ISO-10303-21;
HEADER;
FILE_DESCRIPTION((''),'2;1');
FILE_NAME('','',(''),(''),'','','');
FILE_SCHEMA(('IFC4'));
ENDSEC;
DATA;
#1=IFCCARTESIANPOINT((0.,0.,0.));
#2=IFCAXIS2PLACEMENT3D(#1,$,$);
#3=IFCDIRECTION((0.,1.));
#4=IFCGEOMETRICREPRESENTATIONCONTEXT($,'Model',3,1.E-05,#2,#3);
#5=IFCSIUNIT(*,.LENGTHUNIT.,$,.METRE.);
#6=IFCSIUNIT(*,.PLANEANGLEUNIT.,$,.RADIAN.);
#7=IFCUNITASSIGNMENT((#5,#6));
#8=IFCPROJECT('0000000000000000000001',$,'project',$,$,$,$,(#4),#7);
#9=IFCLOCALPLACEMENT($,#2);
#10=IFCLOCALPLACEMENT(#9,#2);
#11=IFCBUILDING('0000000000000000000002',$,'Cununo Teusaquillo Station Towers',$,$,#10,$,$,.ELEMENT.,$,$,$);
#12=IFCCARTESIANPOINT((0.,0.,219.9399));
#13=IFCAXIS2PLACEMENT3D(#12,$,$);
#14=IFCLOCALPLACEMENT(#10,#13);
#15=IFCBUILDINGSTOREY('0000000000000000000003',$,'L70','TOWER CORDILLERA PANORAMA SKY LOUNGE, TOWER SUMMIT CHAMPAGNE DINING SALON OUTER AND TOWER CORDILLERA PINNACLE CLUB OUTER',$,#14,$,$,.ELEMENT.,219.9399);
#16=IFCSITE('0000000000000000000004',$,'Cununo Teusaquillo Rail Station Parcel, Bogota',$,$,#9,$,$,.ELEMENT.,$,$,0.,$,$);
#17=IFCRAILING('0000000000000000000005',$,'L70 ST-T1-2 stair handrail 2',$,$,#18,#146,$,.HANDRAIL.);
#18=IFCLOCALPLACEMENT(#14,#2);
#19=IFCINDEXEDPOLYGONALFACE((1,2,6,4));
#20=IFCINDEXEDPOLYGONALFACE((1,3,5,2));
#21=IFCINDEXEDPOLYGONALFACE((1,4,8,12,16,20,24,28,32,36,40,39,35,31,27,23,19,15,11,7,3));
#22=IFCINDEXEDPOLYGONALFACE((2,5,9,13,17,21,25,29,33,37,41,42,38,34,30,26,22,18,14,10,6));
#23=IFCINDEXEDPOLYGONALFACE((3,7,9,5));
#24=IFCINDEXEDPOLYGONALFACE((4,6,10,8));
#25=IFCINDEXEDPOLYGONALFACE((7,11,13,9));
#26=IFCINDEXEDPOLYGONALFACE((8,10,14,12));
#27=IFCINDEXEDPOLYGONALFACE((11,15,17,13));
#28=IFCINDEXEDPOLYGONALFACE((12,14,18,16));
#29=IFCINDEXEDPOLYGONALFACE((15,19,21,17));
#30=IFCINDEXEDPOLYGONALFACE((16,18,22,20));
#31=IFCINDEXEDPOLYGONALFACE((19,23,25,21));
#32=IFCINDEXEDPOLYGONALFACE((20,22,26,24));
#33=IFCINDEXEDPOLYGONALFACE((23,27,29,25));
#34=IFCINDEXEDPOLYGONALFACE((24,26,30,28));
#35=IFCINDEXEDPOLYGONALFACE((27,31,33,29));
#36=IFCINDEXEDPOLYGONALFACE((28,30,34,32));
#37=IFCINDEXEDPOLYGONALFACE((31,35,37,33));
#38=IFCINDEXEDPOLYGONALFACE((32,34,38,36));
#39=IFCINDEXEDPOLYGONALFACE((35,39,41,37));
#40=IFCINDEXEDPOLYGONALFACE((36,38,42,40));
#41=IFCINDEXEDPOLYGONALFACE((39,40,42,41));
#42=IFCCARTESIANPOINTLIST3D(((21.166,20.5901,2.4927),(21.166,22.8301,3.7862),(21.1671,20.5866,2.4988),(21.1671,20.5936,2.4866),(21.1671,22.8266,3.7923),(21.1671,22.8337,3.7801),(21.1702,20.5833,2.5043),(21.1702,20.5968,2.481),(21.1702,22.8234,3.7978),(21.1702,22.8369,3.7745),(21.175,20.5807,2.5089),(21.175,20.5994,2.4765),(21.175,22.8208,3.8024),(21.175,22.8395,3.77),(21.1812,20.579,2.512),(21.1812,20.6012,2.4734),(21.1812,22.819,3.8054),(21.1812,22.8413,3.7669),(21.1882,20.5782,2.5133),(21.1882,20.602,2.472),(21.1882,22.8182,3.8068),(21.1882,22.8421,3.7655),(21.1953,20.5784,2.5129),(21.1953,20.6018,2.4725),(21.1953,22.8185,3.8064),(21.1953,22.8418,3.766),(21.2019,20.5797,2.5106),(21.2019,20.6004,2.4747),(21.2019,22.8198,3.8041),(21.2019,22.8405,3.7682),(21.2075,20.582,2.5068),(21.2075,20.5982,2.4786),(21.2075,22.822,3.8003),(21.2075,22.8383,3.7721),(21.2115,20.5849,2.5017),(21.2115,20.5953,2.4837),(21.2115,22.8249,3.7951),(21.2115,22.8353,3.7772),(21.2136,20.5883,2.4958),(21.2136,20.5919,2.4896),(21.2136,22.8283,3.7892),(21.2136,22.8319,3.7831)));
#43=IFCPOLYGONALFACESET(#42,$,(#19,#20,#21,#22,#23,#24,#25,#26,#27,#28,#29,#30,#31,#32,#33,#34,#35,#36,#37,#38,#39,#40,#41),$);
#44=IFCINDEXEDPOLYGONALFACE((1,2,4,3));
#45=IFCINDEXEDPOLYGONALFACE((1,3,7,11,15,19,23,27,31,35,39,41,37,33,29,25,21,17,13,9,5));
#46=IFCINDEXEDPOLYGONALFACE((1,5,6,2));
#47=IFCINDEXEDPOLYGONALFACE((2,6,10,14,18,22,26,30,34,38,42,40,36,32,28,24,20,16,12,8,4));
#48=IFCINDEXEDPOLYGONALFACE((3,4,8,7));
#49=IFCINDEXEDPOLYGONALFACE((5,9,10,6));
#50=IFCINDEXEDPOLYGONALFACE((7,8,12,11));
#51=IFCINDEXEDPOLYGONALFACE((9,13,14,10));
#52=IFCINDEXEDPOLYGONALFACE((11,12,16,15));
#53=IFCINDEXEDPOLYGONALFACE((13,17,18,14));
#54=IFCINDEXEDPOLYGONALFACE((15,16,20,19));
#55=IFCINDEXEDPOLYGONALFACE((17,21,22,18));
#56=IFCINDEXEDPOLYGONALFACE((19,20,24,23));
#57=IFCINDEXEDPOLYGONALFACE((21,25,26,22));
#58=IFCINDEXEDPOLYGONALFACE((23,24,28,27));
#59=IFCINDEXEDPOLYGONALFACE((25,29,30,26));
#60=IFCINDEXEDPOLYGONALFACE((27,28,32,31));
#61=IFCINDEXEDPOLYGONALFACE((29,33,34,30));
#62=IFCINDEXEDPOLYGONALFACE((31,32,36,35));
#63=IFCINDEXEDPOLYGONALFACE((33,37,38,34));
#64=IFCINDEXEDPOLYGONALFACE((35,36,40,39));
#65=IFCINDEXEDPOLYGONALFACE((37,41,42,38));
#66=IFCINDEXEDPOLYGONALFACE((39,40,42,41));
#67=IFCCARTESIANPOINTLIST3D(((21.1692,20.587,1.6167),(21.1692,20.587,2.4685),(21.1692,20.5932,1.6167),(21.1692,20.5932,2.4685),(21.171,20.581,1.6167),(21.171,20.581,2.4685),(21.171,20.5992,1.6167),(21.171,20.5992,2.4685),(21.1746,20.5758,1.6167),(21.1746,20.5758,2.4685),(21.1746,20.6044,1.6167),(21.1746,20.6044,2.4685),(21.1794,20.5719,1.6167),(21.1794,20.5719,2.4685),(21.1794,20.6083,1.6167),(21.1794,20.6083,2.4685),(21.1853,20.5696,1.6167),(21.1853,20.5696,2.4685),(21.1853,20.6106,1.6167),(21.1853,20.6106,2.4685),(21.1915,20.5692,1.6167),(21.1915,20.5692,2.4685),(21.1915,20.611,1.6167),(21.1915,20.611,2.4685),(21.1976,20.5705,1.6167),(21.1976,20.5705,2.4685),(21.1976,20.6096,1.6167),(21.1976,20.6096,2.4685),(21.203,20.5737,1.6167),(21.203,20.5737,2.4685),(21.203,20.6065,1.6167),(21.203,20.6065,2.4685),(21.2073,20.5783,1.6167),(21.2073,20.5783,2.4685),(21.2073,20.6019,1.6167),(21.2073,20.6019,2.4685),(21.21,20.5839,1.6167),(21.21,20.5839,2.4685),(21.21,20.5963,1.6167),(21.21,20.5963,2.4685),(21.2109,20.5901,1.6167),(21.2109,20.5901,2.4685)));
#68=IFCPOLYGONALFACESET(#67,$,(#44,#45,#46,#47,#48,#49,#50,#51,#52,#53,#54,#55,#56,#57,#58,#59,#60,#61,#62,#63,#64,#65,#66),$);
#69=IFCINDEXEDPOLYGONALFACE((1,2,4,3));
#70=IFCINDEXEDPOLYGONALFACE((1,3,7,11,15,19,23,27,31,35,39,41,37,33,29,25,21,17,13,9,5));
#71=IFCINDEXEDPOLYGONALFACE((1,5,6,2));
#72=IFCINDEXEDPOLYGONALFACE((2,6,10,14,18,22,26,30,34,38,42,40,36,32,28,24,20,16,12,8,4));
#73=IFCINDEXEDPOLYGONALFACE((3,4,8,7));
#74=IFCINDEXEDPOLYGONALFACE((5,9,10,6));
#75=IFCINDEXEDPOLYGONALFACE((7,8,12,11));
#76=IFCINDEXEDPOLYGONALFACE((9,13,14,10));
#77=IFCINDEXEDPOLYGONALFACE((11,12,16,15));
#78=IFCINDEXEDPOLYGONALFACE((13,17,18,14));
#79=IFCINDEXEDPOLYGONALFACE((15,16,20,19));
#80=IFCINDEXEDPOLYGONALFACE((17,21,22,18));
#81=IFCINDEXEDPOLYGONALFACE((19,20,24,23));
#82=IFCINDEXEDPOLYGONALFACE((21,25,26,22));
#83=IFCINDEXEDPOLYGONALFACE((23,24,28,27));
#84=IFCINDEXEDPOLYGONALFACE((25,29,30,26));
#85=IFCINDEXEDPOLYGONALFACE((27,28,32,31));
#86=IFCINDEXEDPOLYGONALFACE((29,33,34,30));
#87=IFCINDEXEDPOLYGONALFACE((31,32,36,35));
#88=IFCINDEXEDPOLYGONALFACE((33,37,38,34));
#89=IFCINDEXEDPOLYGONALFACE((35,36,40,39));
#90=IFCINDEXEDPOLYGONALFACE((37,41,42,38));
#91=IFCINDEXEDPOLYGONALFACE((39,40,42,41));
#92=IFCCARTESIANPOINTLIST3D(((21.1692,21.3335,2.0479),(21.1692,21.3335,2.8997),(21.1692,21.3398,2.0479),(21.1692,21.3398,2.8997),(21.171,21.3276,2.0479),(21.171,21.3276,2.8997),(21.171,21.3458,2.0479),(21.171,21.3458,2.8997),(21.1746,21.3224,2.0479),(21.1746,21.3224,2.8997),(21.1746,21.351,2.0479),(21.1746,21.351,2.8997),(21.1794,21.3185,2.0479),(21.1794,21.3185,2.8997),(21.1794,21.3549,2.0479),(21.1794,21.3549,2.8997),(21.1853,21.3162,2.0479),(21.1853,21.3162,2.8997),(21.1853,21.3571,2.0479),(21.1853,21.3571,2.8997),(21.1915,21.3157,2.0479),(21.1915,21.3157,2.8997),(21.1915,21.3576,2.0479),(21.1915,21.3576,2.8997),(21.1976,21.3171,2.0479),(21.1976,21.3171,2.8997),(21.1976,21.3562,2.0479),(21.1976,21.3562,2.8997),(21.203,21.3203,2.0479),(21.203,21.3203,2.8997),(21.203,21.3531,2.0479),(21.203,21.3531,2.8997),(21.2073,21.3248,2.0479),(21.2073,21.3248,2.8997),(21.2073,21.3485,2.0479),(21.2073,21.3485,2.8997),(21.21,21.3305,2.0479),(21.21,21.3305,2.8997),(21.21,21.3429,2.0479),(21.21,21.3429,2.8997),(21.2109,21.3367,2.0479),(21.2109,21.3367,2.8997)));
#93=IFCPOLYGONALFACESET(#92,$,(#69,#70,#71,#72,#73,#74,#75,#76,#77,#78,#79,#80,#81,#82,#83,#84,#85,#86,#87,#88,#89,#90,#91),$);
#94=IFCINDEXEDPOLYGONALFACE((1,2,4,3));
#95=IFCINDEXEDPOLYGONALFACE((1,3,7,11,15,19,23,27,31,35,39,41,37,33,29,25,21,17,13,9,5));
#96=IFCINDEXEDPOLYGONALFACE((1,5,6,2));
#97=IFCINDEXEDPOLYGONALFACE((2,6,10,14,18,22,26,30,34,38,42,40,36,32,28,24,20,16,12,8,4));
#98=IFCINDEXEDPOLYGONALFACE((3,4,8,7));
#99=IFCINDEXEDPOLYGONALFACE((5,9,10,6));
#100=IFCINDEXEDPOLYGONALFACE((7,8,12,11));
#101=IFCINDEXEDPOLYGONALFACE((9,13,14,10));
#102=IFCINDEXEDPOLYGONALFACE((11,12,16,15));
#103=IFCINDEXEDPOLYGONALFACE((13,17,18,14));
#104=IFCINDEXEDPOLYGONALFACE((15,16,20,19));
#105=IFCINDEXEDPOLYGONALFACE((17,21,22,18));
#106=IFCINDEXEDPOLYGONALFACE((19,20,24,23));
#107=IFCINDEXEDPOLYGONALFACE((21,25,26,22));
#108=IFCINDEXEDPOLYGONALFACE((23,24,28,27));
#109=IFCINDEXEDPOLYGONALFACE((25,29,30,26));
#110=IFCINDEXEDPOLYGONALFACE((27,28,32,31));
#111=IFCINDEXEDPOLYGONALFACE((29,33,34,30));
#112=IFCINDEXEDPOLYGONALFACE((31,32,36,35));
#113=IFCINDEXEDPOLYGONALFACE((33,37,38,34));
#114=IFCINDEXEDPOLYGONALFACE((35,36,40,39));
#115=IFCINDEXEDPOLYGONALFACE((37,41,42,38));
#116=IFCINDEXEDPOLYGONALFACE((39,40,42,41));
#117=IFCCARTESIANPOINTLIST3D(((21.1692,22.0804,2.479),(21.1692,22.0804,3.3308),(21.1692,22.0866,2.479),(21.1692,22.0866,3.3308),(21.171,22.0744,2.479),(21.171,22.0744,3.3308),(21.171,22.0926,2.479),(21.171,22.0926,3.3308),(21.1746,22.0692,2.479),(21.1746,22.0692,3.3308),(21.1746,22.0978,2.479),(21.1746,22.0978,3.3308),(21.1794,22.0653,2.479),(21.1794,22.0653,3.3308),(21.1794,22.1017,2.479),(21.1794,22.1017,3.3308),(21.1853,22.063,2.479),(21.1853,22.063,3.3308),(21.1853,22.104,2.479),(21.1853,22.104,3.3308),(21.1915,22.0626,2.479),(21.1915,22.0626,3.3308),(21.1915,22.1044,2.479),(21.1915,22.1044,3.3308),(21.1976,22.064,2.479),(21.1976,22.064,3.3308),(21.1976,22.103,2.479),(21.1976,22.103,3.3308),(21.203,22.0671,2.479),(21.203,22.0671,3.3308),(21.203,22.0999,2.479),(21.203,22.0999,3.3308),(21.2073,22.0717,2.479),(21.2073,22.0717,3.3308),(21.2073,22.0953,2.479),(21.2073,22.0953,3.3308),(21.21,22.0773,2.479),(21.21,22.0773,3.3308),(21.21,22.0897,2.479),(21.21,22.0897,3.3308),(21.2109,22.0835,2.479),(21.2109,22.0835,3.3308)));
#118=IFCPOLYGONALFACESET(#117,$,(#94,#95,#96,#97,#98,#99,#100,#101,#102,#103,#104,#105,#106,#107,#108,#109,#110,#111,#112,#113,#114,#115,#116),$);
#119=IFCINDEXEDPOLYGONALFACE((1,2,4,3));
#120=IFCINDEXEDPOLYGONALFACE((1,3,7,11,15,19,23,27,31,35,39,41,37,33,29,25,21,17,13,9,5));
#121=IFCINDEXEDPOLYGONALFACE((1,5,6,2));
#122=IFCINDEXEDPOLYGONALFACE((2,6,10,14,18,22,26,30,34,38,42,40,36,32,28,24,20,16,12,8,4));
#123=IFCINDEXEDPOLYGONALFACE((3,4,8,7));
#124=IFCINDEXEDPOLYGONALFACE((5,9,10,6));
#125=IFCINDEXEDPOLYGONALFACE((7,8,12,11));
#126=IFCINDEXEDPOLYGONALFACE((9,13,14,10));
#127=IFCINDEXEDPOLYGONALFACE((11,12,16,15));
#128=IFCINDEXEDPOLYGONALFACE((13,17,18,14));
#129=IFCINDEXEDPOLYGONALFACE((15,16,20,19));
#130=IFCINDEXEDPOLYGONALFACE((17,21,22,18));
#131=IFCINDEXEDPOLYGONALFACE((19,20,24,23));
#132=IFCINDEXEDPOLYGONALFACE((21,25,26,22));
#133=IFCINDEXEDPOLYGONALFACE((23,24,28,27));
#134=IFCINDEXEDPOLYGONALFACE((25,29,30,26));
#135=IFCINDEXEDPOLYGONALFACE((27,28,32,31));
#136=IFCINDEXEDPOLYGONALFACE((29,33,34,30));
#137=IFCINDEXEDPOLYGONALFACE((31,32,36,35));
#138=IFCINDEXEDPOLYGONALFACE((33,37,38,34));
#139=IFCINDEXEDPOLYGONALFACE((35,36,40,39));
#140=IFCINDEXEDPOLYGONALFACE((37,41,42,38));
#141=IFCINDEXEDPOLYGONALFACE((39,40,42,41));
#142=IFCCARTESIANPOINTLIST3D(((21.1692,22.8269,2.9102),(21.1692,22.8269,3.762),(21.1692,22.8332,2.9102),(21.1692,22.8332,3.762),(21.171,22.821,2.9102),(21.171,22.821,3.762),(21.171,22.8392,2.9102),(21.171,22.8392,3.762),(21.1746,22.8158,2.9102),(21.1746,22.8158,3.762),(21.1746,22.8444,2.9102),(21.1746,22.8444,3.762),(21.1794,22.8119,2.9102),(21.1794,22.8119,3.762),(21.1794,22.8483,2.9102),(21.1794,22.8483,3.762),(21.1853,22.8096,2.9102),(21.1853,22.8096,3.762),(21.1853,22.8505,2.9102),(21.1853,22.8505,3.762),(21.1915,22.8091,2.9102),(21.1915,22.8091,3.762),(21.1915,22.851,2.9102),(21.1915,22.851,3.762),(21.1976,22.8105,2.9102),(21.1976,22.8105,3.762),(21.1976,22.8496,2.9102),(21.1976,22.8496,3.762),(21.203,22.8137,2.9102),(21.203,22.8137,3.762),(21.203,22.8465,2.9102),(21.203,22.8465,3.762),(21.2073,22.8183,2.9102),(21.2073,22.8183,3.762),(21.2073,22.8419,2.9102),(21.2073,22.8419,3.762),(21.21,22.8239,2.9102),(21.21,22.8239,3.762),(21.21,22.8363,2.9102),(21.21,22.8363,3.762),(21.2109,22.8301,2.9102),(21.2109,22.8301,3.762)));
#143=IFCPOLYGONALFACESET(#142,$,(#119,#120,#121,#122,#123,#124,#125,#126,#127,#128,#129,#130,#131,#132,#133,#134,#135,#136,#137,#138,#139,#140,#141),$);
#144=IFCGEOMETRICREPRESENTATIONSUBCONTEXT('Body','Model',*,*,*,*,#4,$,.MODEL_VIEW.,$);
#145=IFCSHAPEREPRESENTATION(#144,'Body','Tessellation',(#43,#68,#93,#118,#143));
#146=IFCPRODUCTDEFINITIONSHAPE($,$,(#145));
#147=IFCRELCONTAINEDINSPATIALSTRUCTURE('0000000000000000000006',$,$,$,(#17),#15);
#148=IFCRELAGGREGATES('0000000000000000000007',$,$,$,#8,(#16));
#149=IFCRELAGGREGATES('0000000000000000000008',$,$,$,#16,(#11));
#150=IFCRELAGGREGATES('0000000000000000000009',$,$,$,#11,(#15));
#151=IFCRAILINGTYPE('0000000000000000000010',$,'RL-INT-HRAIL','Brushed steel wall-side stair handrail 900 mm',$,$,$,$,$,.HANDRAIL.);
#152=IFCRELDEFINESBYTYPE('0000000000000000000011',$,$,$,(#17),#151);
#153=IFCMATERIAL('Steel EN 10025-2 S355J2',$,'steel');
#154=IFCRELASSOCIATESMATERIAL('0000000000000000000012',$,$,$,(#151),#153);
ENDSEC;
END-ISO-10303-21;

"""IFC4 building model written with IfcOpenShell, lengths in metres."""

from ifc_helpers import new_model, si_unit, direction, frame, origin, origin_2d, place, context, subcontext, project, spatial, circle, extrude, material, type_object, element, save


model = new_model("IFC4")

# Units and contexts
model_context = context("Model", 3, precision=1e-05, world=origin(), true_north=direction((0.0, 1.0)))
body_context = subcontext(model_context, "Body", "Model", "MODEL_VIEW")
ifc_project = project(units=[si_unit("LENGTHUNIT", "METRE"), si_unit("PLANEANGLEUNIT", "RADIAN")], contexts=[model_context])

# Site, building, storey
site_placement = place(None, origin())
site = spatial("IfcSite", under=ifc_project, at=site_placement, Name="Cununo Teusaquillo Rail Station Parcel, Bogota", CompositionType="ELEMENT", RefElevation=0.0)
building_placement = place(site_placement, origin())
building = spatial("IfcBuilding", under=site, at=building_placement, Name="Cununo Teusaquillo Station Towers", CompositionType="ELEMENT")
storey_placement = place(building_placement, frame((0.0, 0.0, 219.9399)))
storey = spatial("IfcBuildingStorey", under=building, at=storey_placement, Name="L70", Description="TOWER CORDILLERA PANORAMA SKY LOUNGE, TOWER SUMMIT CHAMPAGNE DINING SALON OUTER AND TOWER CORDILLERA PINNACLE CLUB OUTER", CompositionType="ELEMENT", Elevation=219.9399)

# Railing
ifc_material_1 = material(Name="Steel EN 10025-2 S355J2", Category="steel")
railing_type_1 = type_object("IfcRailingType", Name="RL-INT-HRAIL", Description="Brushed steel wall-side stair handrail 900 mm", PredefinedType="HANDRAIL", material=ifc_material_1)
railing_1_placement = place(storey_placement, frame((21.1899, 20.5901, 1.6167)))
element("IfcRailing", 1, at=railing_1_placement, inside=storey, type_object=railing_type_1, Name="L70 ST-T1-2 stair handrail 2", PredefinedType="HANDRAIL", context=body_context, shape_type="SweptSolid", body=[
    extrude(circle(Radius=0.0239, at=origin_2d()), frame((0.0, 0.0, 0.876), z_axis=(0.0, 0.865992, 0.500057), x_axis=(-1.0, 0.0, 0.0)), (0.0, 0.0, 1.0), 2.5867),
    extrude(circle(Radius=0.021, at=origin_2d()), origin(), (0.0, 0.0, 1.0), 0.8518),
    extrude(circle(Radius=0.021, at=origin_2d()), frame((0.0, 0.7466, 0.4312)), (0.0, 0.0, 1.0), 0.8518),
    extrude(circle(Radius=0.021, at=origin_2d()), frame((0.0, 1.4934, 0.8623)), (0.0, 0.0, 1.0), 0.8518),
    extrude(circle(Radius=0.021, at=origin_2d()), frame((0.0, 2.24, 1.2935)), (0.0, 0.0, 1.0), 0.8518),
])

save(model, "model.ifc")
